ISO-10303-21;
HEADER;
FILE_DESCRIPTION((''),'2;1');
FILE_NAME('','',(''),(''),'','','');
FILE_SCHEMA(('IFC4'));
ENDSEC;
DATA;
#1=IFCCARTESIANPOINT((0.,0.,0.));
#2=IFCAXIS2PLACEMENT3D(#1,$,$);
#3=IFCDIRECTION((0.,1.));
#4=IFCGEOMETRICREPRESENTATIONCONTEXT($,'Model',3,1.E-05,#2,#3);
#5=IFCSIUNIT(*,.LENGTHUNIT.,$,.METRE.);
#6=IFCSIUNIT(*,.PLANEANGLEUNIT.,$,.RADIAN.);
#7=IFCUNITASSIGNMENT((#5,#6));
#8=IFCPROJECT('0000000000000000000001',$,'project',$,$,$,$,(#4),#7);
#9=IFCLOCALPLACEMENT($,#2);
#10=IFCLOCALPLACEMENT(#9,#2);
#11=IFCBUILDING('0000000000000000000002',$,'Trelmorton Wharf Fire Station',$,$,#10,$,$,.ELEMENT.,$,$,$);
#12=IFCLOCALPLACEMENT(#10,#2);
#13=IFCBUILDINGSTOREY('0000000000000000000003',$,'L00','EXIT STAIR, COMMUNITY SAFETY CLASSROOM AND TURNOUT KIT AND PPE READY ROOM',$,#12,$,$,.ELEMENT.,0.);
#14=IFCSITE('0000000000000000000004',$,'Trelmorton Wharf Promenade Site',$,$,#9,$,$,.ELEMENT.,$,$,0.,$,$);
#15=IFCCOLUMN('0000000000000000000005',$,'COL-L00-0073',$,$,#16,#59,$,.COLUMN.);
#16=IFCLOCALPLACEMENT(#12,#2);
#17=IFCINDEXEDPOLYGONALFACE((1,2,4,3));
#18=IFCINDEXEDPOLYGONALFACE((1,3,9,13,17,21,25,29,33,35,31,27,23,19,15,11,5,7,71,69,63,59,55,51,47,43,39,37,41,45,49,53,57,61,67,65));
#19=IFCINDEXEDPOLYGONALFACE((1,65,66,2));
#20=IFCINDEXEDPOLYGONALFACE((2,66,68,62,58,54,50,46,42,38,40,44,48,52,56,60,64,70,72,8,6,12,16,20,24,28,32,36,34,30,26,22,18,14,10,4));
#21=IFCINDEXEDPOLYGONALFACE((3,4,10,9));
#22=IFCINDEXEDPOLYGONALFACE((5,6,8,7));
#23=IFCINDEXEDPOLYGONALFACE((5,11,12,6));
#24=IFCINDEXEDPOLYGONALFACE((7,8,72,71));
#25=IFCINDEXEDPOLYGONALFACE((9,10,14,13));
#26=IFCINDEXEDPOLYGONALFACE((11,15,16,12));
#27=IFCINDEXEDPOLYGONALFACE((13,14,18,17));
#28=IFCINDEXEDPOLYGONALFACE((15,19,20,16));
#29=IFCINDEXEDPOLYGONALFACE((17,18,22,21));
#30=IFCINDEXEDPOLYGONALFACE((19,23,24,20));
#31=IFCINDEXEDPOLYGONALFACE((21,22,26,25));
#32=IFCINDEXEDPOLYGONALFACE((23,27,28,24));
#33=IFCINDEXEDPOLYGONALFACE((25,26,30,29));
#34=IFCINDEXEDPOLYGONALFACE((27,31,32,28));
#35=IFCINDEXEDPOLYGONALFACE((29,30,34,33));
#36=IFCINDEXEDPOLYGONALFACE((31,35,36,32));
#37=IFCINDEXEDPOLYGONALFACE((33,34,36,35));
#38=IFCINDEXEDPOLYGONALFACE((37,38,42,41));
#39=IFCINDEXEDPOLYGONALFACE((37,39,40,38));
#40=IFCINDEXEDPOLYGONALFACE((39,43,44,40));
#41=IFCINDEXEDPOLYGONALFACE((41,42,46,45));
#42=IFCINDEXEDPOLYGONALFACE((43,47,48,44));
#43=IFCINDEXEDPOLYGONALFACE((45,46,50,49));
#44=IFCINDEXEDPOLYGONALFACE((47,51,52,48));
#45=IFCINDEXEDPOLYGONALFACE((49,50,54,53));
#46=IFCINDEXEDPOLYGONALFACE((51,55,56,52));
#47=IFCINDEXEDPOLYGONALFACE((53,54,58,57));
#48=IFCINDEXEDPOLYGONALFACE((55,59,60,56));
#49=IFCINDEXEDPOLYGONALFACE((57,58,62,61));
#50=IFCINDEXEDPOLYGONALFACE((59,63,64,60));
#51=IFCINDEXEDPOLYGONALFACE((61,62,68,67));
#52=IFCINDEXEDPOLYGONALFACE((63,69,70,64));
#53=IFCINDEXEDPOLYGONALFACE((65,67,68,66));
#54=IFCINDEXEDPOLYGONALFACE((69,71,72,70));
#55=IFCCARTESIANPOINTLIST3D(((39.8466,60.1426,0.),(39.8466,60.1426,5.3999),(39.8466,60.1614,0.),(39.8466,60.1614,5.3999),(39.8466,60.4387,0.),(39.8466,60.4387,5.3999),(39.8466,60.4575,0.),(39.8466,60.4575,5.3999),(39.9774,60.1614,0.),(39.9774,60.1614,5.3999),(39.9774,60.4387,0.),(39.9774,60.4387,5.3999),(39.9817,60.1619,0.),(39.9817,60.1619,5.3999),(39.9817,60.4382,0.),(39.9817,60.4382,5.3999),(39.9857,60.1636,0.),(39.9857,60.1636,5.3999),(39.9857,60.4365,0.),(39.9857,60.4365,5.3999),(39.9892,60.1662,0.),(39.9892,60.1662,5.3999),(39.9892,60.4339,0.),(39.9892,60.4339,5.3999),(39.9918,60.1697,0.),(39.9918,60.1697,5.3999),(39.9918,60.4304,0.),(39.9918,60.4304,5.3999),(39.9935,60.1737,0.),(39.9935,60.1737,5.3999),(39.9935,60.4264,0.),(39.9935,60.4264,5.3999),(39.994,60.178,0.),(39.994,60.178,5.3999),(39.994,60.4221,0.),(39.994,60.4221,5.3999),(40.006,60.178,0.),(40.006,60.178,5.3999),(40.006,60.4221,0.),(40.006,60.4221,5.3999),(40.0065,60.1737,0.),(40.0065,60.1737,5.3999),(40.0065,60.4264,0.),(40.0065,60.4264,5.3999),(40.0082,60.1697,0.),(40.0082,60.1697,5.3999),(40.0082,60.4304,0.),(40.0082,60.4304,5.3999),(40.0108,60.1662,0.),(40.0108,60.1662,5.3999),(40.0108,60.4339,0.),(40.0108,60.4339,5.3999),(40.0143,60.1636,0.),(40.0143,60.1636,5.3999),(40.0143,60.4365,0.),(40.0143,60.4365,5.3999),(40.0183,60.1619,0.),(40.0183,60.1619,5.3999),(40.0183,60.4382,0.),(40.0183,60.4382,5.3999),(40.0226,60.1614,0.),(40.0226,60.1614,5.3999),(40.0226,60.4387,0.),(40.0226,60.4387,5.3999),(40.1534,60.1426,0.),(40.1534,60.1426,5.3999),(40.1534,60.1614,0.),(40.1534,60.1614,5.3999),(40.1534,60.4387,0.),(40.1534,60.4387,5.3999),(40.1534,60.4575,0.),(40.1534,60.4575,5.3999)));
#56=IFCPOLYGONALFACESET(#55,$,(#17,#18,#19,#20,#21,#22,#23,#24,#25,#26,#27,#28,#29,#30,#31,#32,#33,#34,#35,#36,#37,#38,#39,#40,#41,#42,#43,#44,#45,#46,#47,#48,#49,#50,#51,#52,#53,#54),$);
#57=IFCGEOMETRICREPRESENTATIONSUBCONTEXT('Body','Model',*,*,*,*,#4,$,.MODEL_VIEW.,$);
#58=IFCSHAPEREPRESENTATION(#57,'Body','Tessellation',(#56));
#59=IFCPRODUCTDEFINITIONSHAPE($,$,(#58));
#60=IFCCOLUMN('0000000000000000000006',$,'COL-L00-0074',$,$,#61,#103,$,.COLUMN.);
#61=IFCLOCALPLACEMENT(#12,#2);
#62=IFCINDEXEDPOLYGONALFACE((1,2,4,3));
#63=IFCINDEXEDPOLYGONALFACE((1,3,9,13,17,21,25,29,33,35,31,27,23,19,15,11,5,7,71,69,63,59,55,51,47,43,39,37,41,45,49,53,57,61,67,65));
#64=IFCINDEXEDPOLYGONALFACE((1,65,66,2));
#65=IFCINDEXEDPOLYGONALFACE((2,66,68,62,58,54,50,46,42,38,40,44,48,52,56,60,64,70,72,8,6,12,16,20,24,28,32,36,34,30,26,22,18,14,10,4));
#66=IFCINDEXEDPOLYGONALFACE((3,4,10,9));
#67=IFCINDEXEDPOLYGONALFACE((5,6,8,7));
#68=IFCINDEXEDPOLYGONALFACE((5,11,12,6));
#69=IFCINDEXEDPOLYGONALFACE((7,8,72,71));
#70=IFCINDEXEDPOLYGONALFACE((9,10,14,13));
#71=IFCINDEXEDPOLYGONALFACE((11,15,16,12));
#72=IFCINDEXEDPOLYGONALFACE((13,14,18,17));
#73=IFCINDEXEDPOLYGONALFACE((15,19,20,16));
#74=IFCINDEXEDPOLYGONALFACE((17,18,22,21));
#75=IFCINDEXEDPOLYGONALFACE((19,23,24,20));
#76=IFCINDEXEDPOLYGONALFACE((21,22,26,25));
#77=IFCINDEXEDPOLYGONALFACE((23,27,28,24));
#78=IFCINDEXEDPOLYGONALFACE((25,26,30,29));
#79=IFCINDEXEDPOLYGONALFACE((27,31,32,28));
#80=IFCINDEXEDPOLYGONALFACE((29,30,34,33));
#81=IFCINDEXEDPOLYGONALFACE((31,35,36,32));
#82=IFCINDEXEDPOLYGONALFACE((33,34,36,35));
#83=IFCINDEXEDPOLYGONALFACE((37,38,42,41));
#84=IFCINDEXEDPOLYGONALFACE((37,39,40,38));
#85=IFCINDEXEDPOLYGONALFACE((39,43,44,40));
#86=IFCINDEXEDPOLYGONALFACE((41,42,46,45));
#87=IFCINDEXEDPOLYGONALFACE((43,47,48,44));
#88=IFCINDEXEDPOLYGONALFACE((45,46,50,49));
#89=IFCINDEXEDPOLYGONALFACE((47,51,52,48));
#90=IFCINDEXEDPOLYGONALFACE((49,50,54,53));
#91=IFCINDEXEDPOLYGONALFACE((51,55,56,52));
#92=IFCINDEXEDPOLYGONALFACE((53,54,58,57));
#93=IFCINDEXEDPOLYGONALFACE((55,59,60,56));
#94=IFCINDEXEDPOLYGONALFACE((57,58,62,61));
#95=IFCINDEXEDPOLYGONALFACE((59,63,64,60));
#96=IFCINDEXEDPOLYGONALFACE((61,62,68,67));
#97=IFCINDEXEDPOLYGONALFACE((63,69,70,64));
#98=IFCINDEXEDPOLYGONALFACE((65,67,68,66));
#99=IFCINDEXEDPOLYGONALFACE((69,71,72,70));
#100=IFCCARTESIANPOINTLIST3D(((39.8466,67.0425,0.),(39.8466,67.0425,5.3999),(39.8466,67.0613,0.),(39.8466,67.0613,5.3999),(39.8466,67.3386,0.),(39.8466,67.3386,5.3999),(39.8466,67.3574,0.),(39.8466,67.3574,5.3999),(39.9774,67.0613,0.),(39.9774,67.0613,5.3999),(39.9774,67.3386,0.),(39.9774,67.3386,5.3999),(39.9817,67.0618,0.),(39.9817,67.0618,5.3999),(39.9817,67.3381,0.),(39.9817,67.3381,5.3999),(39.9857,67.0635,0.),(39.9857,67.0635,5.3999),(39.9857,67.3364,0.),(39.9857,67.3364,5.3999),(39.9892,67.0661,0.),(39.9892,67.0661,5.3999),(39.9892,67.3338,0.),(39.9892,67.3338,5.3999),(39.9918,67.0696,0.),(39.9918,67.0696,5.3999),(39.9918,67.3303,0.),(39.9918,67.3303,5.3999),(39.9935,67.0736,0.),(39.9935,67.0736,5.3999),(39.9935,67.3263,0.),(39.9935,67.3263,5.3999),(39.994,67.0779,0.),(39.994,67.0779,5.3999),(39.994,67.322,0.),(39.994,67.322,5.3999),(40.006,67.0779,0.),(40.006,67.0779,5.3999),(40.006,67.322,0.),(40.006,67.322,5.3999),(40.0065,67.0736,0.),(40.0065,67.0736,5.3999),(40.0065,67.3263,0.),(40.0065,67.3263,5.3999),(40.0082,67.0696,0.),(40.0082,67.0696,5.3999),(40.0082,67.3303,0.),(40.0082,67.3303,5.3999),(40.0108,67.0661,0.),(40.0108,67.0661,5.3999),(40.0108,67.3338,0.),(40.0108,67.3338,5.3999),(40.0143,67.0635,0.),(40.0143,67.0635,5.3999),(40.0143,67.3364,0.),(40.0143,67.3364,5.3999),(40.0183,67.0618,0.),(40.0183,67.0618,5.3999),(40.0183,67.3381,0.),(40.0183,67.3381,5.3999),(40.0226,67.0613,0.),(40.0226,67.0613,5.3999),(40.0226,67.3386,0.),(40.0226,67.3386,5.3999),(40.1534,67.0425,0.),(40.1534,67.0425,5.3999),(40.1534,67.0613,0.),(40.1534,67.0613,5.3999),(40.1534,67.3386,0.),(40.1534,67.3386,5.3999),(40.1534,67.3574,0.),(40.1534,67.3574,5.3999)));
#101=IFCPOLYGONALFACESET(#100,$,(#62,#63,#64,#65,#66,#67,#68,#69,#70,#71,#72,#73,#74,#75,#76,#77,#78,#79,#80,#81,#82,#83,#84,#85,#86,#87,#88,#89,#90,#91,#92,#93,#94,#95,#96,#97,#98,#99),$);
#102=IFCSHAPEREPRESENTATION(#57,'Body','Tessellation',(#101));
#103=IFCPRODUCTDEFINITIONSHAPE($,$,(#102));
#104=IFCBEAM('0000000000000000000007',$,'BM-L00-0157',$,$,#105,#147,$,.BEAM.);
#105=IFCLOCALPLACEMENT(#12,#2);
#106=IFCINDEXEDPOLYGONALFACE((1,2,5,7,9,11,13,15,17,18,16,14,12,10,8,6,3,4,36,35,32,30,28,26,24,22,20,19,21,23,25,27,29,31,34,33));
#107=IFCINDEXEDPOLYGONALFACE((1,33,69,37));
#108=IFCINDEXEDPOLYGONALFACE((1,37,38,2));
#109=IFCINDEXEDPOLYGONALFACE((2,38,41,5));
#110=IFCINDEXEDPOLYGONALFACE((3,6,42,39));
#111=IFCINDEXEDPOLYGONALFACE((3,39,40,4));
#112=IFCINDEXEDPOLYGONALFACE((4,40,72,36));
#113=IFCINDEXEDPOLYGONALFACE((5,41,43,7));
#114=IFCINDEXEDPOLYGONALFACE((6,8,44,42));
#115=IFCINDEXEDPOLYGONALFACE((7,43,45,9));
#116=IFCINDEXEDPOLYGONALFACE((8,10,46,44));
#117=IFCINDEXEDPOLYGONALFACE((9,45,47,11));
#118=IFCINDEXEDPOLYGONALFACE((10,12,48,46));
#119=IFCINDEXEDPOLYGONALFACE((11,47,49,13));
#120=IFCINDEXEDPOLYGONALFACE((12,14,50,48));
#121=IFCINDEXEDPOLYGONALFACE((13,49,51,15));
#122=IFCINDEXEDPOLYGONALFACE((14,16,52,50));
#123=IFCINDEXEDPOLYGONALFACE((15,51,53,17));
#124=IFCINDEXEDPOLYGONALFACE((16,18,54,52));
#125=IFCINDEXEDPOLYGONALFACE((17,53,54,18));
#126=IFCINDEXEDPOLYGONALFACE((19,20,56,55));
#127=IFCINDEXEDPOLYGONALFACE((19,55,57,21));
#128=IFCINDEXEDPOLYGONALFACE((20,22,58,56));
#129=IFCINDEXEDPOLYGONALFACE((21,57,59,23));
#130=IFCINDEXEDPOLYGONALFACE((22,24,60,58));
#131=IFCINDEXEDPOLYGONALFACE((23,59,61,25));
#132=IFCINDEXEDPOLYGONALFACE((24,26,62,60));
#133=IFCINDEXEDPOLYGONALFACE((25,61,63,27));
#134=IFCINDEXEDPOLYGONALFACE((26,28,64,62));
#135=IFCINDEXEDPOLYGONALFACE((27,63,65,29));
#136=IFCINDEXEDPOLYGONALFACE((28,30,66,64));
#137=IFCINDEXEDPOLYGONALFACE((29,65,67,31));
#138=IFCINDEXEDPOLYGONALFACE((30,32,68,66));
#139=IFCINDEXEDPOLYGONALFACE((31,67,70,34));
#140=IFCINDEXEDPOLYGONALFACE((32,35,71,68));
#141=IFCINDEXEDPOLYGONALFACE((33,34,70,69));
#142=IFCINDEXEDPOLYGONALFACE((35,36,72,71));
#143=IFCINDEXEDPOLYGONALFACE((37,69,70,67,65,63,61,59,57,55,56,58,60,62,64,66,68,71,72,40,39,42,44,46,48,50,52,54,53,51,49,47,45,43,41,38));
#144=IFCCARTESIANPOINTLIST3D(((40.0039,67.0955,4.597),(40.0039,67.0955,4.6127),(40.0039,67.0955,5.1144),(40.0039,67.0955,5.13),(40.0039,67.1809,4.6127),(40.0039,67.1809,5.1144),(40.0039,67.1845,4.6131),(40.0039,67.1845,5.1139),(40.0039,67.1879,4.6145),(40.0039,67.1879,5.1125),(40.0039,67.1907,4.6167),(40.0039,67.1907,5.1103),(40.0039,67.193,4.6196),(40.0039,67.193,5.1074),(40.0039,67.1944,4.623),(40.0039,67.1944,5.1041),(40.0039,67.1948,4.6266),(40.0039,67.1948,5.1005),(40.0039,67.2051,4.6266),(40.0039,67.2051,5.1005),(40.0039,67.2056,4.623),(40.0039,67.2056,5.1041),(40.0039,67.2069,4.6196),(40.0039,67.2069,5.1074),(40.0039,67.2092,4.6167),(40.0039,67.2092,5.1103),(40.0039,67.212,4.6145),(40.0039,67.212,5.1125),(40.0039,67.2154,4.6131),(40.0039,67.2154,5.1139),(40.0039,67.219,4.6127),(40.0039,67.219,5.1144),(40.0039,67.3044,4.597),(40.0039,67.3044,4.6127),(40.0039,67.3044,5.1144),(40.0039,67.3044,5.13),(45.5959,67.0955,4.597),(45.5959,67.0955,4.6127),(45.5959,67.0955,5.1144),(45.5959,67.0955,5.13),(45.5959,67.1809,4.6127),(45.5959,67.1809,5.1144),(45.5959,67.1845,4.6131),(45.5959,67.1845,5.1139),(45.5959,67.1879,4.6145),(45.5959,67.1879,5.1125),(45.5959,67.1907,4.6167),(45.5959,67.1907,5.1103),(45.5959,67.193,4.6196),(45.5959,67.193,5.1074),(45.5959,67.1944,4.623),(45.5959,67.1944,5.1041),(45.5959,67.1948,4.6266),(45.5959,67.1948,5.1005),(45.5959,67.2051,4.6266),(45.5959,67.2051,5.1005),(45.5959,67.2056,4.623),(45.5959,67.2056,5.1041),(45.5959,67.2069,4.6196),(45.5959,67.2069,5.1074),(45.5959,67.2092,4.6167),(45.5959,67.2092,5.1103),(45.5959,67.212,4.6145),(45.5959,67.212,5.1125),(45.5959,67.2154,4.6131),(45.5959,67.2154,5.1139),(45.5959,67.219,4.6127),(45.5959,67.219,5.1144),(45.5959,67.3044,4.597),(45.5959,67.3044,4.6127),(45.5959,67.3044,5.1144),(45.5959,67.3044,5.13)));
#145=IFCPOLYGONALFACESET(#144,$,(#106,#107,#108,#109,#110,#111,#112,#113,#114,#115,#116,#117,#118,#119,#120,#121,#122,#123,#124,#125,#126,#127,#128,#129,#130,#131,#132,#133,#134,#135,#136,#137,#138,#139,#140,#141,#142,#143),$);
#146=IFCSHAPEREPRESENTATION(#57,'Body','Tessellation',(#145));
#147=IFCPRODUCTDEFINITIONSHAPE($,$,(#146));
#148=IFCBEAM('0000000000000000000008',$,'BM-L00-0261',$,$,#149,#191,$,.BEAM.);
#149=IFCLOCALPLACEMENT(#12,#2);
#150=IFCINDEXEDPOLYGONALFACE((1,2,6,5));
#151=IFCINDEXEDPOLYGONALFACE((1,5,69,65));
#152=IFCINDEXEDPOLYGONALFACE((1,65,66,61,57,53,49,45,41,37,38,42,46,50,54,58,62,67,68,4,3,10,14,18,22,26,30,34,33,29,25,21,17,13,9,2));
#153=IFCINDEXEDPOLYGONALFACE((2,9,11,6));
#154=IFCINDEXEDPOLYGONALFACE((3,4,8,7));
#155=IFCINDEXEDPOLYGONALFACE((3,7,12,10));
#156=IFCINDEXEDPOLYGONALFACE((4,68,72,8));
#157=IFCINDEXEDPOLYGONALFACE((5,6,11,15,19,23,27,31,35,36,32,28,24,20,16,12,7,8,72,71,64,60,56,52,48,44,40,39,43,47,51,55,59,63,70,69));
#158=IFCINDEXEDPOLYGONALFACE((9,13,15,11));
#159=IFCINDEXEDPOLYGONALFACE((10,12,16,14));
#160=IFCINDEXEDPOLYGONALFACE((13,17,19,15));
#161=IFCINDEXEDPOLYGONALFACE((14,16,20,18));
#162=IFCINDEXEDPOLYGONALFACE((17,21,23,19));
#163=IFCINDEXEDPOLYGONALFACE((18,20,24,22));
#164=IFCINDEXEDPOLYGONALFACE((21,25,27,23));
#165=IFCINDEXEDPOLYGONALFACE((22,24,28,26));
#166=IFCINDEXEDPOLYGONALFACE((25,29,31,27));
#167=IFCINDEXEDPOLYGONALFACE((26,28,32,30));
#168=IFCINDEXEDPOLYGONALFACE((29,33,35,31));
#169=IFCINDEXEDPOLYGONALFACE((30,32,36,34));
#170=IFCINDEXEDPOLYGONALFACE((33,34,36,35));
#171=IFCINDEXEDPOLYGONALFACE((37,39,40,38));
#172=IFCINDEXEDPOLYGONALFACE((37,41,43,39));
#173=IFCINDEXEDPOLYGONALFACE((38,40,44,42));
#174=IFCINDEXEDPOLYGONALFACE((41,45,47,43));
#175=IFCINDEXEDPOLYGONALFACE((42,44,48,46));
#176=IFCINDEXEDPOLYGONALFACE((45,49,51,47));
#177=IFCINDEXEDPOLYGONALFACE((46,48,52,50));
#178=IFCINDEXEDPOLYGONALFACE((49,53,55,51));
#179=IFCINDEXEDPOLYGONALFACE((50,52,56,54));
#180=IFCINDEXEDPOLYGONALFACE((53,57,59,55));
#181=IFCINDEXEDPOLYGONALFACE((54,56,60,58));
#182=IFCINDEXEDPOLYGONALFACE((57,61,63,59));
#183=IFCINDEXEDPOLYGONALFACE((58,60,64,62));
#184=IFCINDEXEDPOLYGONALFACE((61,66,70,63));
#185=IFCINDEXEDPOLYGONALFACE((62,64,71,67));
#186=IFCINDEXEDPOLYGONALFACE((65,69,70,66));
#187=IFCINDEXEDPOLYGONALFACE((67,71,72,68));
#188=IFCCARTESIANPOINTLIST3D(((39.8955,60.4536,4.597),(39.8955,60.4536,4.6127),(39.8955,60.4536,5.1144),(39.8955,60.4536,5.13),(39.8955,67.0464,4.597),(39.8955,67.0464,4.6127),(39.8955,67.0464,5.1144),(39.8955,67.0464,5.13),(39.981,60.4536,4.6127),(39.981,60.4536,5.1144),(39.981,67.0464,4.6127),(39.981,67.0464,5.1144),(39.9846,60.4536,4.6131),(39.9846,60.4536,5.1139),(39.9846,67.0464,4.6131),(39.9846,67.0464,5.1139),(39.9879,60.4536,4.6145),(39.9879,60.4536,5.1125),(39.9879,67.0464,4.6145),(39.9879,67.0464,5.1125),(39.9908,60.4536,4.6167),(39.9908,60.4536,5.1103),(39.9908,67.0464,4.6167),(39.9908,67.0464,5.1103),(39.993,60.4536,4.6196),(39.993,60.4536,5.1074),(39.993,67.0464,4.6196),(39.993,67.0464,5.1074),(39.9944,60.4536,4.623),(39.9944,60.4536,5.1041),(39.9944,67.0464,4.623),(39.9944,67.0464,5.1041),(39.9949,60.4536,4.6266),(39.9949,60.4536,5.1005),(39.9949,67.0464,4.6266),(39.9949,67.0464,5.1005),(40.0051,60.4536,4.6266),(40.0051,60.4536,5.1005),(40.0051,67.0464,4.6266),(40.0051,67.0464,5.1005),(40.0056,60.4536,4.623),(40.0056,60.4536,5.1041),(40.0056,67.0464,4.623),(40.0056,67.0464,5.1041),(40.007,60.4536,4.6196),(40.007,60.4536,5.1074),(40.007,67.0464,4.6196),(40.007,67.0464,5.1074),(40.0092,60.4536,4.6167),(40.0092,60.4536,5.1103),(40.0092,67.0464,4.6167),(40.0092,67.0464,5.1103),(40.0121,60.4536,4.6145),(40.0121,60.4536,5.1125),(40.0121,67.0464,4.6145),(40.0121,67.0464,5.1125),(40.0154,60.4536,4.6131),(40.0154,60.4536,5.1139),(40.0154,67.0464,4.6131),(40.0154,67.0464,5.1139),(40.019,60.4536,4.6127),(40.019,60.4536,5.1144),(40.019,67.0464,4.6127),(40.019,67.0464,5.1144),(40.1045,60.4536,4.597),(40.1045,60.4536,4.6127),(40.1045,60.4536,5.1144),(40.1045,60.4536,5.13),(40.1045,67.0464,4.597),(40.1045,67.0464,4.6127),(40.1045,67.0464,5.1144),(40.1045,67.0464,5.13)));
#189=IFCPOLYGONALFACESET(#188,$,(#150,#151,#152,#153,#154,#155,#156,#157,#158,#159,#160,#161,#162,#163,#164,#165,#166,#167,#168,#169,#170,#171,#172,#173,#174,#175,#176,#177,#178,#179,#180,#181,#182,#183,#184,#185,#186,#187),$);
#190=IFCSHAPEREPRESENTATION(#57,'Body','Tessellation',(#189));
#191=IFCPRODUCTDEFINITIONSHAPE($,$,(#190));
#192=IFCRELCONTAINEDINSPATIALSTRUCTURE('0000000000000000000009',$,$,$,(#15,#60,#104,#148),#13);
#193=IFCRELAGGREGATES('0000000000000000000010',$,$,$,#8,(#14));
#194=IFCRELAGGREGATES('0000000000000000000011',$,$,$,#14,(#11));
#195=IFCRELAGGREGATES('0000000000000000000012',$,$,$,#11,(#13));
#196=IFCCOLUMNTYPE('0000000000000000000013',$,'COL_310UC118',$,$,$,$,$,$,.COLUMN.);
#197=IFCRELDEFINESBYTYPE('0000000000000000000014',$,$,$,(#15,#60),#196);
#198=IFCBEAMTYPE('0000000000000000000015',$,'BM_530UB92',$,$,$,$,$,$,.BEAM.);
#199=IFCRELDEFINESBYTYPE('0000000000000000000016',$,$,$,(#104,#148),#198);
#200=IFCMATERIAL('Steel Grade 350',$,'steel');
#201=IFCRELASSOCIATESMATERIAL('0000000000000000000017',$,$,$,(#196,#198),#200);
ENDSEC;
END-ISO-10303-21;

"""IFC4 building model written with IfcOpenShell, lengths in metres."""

from ifc_helpers import new_model, si_unit, direction, frame, origin, origin_2d, place, context, subcontext, project, spatial, i_section, extrude, material, material_profile, profile_set, type_object, element, save


model = new_model("IFC4")

# Units and contexts
model_context = context("Model", 3, precision=1e-05, world=origin(), true_north=direction((0.0, 1.0)))
body_context = subcontext(model_context, "Body", "Model", "MODEL_VIEW")
ifc_project = project(units=[si_unit("LENGTHUNIT", "METRE"), si_unit("PLANEANGLEUNIT", "RADIAN")], contexts=[model_context])

# Site, building, storey
site_placement = place(None, origin())
site = spatial("IfcSite", under=ifc_project, at=site_placement, Name="Trelmorton Wharf Promenade Site", CompositionType="ELEMENT", RefElevation=0.0)
building_placement = place(site_placement, origin())
building = spatial("IfcBuilding", under=site, at=building_placement, Name="Trelmorton Wharf Fire Station", CompositionType="ELEMENT")
storey_placement = place(building_placement, origin())
storey = spatial("IfcBuildingStorey", under=building, at=storey_placement, Name="L00", Description="EXIT STAIR, COMMUNITY SAFETY CLASSROOM AND TURNOUT KIT AND PPE READY ROOM", CompositionType="ELEMENT", Elevation=0.0)

# Columns
ifc_material_1 = material(Name="Steel Grade 350", Category="steel")
ifc_material_profile_1 = material_profile(ifc_material_1, i_section(OverallWidth=0.3069, OverallDepth=0.3149, WebThickness=0.012, FlangeThickness=0.0188, FilletRadius=0.0166, at=origin_2d()), Name="310UC118")
ifc_profile_set_1 = profile_set([ifc_material_profile_1], Name="Steel Grade 350")
column_type = type_object("IfcColumnType", Name="COL_310UC118", PredefinedType="COLUMN", material=ifc_profile_set_1)
for number, where, z_axis, x_axis, name in (
    (1, (40.0, 60.3, 0.0), (0.0, 0.0, 1.0), (1.0, 0.0, 0.0), "COL-L00-0073"),
    (2, (40.0, 67.2, 0.0), (0.0, 0.0, 1.0), (1.0, 0.0, 0.0), "COL-L00-0074"),
):
    element("IfcColumn", number, at=place(storey_placement, frame(where, z_axis=z_axis, x_axis=x_axis)), inside=storey, type_object=column_type, Name=name, PredefinedType="COLUMN", context=body_context, shape_type="SweptSolid", body=[
        extrude(i_section(OverallWidth=0.3069, OverallDepth=0.3149, WebThickness=0.012, FlangeThickness=0.0188, FilletRadius=0.0166, at=origin_2d()), origin(), (0.0, 0.0, 1.0), 5.3999),
    ])

# Beams
ifc_material_profile_2 = material_profile(ifc_material_1, i_section(OverallWidth=0.209, OverallDepth=0.533, WebThickness=0.0103, FlangeThickness=0.0156, FilletRadius=0.0139, at=origin_2d()), Name="530UB92.4")
ifc_profile_set_2 = profile_set([ifc_material_profile_2], Name="Steel Grade 350")
beam_type_1 = type_object("IfcBeamType", Name="BM_530UB92", PredefinedType="BEAM", material=ifc_profile_set_2)
beam_1_placement = place(storey_placement, frame((40.0039, 67.2, 4.8635), z_axis=(1.0, 0.0, 0.0), x_axis=(0.0, 1.0, 0.0)))
element("IfcBeam", 3, at=beam_1_placement, inside=storey, type_object=beam_type_1, Name="BM-L00-0157", PredefinedType="BEAM", context=body_context, shape_type="SweptSolid", body=[
    extrude(i_section(OverallWidth=0.209, OverallDepth=0.533, WebThickness=0.0103, FlangeThickness=0.0156, FilletRadius=0.0139, at=origin_2d()), origin(), (0.0, 0.0, 1.0), 5.592),
])
beam_2_placement = place(storey_placement, frame((40.0, 60.4536, 4.8635), z_axis=(0.0, 1.0, 0.0), x_axis=(-1.0, 0.0, 0.0)))
element("IfcBeam", 4, at=beam_2_placement, inside=storey, type_object=beam_type_1, Name="BM-L00-0261", PredefinedType="BEAM", context=body_context, shape_type="SweptSolid", body=[
    extrude(i_section(OverallWidth=0.209, OverallDepth=0.533, WebThickness=0.0103, FlangeThickness=0.0156, FilletRadius=0.0139, at=origin_2d()), origin(), (0.0, 0.0, 1.0), 6.5928),
])

save(model, "model.ifc")
